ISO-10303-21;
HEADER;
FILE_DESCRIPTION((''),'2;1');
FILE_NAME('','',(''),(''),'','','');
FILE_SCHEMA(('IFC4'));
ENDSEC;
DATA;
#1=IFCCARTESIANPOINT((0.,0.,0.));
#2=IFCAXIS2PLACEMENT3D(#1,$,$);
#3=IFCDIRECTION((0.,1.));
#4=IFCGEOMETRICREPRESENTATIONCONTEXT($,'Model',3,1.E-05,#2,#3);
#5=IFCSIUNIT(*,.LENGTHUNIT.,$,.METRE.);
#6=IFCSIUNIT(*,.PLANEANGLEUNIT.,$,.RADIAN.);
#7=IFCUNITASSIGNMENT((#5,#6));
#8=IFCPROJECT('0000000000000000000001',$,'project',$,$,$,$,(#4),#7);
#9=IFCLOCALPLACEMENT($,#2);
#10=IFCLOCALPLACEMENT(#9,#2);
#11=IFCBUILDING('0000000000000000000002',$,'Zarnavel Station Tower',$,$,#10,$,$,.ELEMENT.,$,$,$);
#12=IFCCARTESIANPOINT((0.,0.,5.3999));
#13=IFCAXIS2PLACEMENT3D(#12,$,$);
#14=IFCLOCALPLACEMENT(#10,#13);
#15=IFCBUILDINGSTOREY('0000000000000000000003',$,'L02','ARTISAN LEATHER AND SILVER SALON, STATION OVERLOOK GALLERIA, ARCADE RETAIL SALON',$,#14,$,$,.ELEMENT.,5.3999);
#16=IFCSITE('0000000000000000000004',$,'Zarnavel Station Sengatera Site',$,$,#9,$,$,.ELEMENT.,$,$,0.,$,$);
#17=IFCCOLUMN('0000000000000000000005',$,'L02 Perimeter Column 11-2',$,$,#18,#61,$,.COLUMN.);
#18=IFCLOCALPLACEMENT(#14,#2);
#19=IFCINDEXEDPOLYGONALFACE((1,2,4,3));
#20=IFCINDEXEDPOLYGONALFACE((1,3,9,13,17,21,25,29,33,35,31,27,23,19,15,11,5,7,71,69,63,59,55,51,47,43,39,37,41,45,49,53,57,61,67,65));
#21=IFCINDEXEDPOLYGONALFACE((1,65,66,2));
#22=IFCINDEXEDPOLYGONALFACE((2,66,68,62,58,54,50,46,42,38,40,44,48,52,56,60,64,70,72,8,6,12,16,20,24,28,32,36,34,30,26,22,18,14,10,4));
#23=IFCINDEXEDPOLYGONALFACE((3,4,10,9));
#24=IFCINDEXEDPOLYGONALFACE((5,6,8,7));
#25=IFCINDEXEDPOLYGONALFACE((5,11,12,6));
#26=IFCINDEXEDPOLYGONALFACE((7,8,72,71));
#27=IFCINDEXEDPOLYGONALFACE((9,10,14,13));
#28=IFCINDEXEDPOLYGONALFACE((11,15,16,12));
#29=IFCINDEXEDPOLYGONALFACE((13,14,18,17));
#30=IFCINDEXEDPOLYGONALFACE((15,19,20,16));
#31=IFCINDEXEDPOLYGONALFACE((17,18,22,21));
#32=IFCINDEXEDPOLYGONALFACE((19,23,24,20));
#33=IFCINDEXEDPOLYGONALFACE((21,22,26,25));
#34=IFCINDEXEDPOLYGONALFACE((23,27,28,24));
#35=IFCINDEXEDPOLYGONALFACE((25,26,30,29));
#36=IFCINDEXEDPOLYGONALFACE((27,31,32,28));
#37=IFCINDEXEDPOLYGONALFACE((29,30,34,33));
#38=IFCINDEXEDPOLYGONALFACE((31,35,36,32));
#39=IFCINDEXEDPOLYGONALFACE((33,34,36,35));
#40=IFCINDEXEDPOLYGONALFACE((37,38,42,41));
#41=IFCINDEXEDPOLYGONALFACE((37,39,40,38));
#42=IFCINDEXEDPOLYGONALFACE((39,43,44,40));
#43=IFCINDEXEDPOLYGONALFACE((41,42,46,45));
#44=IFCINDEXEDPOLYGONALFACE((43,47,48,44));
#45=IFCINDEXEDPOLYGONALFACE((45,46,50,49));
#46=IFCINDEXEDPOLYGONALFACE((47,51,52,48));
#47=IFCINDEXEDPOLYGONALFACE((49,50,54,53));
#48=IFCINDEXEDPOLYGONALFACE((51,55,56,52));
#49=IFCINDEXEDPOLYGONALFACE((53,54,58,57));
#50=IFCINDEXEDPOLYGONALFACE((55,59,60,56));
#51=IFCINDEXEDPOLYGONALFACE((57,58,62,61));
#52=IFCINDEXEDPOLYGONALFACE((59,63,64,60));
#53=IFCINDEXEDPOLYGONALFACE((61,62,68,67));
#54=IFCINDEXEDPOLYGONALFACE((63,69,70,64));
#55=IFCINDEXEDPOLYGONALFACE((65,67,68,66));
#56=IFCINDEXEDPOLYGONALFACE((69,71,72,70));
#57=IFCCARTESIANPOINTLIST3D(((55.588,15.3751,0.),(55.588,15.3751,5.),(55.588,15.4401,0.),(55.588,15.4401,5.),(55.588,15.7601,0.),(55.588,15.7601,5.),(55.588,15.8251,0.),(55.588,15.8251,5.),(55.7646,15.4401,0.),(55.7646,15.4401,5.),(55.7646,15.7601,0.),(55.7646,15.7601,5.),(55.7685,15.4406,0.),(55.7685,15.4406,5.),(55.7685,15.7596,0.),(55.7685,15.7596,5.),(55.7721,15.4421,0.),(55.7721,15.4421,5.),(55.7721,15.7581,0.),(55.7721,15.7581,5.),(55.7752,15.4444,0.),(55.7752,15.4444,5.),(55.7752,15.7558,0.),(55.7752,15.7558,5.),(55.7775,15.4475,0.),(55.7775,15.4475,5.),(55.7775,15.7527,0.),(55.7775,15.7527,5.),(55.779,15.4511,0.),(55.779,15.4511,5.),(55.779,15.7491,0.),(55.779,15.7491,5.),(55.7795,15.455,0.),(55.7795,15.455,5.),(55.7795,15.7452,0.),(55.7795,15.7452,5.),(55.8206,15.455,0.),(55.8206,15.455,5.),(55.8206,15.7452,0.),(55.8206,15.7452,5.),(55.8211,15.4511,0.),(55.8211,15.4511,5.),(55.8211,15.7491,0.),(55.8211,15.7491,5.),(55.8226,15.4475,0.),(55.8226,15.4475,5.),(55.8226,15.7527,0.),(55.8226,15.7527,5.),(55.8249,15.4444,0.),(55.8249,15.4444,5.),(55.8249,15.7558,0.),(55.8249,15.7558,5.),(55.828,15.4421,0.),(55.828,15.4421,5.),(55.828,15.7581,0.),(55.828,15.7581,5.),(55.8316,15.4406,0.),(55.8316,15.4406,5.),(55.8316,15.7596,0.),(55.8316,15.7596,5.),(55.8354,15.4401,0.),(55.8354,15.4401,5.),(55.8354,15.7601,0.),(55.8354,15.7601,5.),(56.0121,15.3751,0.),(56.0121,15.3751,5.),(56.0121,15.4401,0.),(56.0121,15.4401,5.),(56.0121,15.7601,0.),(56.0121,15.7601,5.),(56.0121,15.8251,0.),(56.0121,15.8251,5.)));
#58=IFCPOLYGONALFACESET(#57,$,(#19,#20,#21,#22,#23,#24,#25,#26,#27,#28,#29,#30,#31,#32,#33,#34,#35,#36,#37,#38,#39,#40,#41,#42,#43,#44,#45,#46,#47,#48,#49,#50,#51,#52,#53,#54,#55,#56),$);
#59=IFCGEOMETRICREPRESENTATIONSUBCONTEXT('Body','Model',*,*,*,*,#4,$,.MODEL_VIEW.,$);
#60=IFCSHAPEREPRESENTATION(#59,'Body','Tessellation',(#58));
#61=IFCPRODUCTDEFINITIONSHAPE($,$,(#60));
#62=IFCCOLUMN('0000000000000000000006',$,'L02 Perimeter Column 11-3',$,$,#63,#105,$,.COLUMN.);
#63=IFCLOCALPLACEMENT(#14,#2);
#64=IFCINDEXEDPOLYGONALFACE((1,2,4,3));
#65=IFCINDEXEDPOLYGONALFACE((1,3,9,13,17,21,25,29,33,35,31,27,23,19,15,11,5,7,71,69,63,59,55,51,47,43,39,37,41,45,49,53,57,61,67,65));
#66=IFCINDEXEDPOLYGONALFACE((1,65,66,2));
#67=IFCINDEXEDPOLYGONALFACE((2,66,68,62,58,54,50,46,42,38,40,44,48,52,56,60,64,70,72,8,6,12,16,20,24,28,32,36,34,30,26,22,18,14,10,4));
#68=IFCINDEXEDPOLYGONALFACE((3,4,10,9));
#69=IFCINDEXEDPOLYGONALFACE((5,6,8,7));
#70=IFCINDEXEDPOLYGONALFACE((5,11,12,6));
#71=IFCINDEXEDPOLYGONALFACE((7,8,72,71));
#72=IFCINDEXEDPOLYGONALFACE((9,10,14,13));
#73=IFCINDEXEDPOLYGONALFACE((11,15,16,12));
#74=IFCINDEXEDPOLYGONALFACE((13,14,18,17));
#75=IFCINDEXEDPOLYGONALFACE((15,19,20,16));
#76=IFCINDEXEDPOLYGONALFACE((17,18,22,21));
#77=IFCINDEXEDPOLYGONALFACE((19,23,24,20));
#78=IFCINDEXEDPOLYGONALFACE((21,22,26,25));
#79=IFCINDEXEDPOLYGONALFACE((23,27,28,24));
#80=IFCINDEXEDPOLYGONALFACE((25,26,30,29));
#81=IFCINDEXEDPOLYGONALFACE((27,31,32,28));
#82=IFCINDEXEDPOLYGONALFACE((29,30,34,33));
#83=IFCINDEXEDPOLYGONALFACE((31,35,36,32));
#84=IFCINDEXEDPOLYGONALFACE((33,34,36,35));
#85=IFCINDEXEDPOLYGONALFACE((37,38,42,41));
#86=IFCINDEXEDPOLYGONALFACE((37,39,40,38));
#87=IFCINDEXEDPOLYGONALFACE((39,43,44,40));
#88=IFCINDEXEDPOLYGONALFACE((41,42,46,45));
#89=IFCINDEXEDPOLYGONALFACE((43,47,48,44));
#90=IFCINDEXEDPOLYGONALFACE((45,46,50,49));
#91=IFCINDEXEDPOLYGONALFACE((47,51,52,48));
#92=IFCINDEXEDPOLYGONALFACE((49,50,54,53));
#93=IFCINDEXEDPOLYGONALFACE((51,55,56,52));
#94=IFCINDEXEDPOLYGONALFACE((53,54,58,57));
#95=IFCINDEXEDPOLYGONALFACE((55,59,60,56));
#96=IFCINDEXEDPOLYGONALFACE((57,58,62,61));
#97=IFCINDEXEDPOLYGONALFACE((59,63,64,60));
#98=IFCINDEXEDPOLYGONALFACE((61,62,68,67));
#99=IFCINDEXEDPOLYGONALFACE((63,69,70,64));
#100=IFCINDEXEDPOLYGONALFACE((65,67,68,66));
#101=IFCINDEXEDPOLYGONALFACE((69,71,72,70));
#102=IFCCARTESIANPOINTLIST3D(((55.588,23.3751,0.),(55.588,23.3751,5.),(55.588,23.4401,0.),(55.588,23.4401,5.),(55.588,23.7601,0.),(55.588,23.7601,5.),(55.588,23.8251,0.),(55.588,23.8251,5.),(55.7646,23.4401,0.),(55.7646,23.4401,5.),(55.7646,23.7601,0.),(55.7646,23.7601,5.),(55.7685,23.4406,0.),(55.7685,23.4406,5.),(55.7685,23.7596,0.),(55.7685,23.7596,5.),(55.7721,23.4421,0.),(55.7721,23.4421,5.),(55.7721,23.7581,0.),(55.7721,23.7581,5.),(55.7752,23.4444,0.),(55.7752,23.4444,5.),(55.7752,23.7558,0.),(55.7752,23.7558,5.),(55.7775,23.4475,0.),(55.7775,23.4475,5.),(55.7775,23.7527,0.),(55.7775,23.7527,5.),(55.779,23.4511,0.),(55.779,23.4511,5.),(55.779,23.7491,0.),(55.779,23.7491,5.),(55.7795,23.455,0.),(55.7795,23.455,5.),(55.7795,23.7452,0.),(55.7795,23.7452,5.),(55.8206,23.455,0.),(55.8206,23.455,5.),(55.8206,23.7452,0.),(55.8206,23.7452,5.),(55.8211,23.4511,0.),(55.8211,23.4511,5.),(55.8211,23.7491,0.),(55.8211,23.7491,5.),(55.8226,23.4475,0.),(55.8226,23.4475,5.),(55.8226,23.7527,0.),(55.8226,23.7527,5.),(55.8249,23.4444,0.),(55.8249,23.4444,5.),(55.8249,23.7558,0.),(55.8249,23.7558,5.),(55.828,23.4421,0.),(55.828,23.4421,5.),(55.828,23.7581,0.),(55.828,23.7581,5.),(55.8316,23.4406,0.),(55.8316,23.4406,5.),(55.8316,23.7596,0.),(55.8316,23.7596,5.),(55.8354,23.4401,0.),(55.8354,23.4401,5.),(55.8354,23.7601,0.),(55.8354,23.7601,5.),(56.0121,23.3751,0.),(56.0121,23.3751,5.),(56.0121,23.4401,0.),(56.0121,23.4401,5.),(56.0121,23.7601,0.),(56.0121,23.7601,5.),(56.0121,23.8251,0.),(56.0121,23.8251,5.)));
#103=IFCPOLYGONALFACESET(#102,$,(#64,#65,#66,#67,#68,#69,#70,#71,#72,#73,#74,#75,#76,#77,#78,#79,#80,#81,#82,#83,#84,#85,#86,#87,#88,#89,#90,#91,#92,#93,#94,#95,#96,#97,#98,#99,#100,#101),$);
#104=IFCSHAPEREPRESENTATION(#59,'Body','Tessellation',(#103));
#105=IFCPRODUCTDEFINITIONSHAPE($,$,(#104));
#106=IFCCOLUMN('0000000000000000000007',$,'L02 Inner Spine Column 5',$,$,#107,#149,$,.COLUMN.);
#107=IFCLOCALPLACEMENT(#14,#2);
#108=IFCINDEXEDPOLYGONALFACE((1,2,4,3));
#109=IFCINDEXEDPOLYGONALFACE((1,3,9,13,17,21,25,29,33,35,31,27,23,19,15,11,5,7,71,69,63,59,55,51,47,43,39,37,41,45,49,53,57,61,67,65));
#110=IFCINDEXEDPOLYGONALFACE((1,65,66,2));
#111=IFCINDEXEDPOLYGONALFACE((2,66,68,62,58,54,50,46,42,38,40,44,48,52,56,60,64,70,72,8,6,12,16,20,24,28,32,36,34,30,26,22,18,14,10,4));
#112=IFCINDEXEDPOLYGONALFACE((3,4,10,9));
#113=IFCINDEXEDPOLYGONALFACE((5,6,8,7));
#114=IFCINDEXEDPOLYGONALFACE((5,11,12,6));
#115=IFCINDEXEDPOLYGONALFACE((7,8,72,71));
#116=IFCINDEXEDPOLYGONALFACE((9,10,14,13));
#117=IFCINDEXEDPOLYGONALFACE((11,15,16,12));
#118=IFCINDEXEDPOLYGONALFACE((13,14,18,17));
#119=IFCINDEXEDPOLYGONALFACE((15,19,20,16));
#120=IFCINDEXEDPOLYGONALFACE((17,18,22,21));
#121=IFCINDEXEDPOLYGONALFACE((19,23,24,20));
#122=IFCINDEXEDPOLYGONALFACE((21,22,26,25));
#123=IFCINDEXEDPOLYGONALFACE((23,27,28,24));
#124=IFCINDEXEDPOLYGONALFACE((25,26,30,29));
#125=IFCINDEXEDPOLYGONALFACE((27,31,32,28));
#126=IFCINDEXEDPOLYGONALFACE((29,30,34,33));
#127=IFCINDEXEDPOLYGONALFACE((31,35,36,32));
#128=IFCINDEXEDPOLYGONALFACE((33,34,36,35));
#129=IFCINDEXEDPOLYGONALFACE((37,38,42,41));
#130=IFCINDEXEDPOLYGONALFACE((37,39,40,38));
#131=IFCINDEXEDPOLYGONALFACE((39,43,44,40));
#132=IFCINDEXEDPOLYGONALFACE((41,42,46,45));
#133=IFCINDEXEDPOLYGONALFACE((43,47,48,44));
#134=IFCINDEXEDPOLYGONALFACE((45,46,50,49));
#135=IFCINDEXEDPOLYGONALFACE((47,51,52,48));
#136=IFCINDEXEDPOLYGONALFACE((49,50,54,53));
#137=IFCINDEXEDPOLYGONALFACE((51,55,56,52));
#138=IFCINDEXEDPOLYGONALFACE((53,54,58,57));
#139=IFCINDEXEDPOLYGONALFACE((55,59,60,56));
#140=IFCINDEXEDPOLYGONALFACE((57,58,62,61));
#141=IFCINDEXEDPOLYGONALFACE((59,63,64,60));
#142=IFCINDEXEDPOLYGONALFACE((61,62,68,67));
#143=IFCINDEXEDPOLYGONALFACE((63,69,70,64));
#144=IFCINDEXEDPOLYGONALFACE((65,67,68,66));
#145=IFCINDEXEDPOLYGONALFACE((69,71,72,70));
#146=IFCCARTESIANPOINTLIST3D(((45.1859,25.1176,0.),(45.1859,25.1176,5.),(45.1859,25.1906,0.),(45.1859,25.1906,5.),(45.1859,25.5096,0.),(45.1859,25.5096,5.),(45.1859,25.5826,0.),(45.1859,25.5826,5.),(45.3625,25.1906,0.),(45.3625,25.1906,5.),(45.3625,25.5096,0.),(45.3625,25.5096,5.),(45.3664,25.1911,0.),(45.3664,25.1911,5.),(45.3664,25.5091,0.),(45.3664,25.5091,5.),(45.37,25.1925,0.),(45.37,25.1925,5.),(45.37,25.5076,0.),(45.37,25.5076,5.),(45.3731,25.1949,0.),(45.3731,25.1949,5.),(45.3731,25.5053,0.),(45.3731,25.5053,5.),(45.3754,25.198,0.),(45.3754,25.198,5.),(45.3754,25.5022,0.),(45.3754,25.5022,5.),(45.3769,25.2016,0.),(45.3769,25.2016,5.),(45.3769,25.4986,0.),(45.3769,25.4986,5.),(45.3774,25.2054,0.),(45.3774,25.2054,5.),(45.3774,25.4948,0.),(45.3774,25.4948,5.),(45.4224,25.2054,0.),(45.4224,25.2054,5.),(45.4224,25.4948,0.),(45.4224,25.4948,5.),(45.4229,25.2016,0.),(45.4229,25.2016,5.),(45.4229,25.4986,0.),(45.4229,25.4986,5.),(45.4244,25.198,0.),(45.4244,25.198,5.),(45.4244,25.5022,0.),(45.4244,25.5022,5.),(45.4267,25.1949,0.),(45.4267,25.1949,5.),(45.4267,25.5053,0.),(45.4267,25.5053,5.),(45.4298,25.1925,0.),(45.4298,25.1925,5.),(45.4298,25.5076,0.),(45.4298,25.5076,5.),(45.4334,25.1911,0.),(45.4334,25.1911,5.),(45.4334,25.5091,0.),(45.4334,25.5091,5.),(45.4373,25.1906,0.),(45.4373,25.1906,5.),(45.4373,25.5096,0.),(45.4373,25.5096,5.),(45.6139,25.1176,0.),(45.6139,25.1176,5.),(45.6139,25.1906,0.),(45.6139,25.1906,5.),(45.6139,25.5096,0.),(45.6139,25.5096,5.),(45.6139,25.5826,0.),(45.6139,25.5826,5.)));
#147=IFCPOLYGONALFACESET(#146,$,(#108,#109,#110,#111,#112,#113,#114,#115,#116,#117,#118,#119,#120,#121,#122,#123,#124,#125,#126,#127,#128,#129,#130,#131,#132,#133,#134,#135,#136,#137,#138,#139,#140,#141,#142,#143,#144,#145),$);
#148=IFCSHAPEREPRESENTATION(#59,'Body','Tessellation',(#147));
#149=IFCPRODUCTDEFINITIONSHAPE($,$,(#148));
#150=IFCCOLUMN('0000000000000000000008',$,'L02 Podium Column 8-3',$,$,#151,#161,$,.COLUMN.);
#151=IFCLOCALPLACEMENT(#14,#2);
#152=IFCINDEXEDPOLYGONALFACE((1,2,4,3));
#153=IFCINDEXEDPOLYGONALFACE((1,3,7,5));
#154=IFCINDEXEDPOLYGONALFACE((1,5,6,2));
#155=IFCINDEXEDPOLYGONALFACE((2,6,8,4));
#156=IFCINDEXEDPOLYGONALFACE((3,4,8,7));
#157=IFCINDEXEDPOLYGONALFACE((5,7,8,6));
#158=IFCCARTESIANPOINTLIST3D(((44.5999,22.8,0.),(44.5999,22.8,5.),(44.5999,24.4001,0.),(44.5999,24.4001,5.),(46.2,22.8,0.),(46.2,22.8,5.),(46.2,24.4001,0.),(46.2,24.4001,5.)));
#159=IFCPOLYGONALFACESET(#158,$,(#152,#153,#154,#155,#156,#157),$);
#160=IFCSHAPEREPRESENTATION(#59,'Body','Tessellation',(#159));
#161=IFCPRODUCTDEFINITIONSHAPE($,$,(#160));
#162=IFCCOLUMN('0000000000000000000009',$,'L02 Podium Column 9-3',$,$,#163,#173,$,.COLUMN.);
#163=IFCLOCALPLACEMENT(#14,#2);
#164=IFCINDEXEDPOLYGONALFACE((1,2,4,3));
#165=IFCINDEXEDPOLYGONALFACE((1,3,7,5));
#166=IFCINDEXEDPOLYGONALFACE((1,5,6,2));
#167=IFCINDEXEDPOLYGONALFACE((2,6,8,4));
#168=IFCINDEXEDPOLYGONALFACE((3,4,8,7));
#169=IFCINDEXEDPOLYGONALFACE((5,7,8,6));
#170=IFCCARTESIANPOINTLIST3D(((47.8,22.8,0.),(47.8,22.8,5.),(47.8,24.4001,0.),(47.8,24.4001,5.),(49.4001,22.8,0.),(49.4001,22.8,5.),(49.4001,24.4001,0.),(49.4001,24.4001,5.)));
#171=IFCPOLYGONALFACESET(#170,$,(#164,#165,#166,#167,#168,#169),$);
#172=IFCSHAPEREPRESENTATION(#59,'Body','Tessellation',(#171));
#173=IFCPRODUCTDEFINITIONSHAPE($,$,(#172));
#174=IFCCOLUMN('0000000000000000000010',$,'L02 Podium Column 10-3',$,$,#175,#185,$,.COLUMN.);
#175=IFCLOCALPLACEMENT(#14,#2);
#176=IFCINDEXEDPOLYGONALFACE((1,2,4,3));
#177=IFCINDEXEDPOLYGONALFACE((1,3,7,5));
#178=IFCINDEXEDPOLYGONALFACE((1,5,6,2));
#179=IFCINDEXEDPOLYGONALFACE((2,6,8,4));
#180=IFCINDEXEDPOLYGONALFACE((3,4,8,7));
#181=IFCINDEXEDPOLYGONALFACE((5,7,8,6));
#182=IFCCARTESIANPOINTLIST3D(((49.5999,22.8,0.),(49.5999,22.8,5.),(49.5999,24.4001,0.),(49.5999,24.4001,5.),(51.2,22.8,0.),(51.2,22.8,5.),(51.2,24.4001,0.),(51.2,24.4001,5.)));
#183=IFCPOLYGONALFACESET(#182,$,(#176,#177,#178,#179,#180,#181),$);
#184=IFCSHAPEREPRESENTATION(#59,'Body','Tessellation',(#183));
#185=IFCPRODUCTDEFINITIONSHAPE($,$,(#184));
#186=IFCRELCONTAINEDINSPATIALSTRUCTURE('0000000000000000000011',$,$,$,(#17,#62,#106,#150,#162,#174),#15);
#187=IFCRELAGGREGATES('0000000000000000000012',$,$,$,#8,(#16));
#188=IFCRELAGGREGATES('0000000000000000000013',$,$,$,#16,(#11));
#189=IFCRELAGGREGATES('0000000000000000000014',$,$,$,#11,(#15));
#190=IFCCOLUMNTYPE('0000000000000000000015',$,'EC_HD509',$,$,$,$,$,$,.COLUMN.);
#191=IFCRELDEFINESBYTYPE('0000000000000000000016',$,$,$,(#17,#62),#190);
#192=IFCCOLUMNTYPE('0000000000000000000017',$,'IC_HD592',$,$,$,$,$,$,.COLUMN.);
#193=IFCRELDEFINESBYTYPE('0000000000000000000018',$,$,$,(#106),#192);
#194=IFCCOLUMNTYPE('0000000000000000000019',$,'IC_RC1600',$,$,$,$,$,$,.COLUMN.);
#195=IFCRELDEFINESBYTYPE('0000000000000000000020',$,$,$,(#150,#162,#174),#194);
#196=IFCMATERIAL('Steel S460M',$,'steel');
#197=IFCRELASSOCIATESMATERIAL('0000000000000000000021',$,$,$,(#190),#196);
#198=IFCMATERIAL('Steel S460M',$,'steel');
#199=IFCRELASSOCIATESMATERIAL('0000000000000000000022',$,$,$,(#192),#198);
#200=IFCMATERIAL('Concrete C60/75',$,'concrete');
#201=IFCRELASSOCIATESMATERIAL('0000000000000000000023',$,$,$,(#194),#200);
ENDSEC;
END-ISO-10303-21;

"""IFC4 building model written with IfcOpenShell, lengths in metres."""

from ifc_helpers import new_model, si_unit, direction, frame, origin, origin_2d, place, context, subcontext, project, spatial, rectangle, i_section, extrude, material, material_profile, profile_set, type_object, element, save


model = new_model("IFC4")

# Units and contexts
model_context = context("Model", 3, precision=1e-05, world=origin(), true_north=direction((0.0, 1.0)))
body_context = subcontext(model_context, "Body", "Model", "MODEL_VIEW")
ifc_project = project(units=[si_unit("LENGTHUNIT", "METRE"), si_unit("PLANEANGLEUNIT", "RADIAN")], contexts=[model_context])

# Site, building, storey
site_placement = place(None, origin())
site = spatial("IfcSite", under=ifc_project, at=site_placement, Name="Zarnavel Station Sengatera Site", CompositionType="ELEMENT", RefElevation=0.0)
building_placement = place(site_placement, origin())
building = spatial("IfcBuilding", under=site, at=building_placement, Name="Zarnavel Station Tower", CompositionType="ELEMENT")
storey_placement = place(building_placement, frame((0.0, 0.0, 5.3999)))
storey = spatial("IfcBuildingStorey", under=building, at=storey_placement, Name="L02", Description="ARTISAN LEATHER AND SILVER SALON, STATION OVERLOOK GALLERIA, ARCADE RETAIL SALON", CompositionType="ELEMENT", Elevation=5.3999)

# Columns
ifc_material_1 = material(Name="Steel S460M", Category="steel")
ifc_material_profile_1 = material_profile(ifc_material_1, i_section(OverallWidth=0.4241, OverallDepth=0.45, WebThickness=0.041, FlangeThickness=0.0649, FilletRadius=0.0149, at=origin_2d()), Name="HD400x509")
ifc_profile_set_1 = profile_set([ifc_material_profile_1], Name="Steel S460M")
column_type_1 = type_object("IfcColumnType", Name="EC_HD509", PredefinedType="COLUMN", material=ifc_profile_set_1)
for number, where, z_axis, x_axis, name in (
    (1, (55.8, 15.6001, 0.0), (0.0, 0.0, 1.0), (1.0, 0.0, 0.0), "L02 Perimeter Column 11-2"),
    (2, (55.8, 23.6001, 0.0), (0.0, 0.0, 1.0), (1.0, 0.0, 0.0), "L02 Perimeter Column 11-3"),
):
    element("IfcColumn", number, at=place(storey_placement, frame(where, z_axis=z_axis, x_axis=x_axis)), inside=storey, type_object=column_type_1, Name=name, PredefinedType="COLUMN", context=body_context, shape_type="SweptSolid", body=[
        extrude(i_section(OverallWidth=0.4241, OverallDepth=0.45, WebThickness=0.041, FlangeThickness=0.0649, FilletRadius=0.0149, at=origin_2d()), origin(), (0.0, 0.0, 1.0), 5.0),
    ])
ifc_material_2 = material(Name="Steel S460M", Category="steel")
ifc_material_profile_2 = material_profile(ifc_material_2, i_section(OverallWidth=0.428, OverallDepth=0.4651, WebThickness=0.0449, FlangeThickness=0.073, FilletRadius=0.0149, at=origin_2d()), Name="HD400x592")
ifc_profile_set_2 = profile_set([ifc_material_profile_2], Name="Steel S460M")
column_type_2 = type_object("IfcColumnType", Name="IC_HD592", PredefinedType="COLUMN", material=ifc_profile_set_2)
column_placement = place(storey_placement, frame((45.3999, 25.3501, 0.0), z_axis=(0.0, 0.0, 1.0), x_axis=(1.0, 0.0, 0.0)))
element("IfcColumn", 3, at=column_placement, inside=storey, type_object=column_type_2, Name="L02 Inner Spine Column 5", PredefinedType="COLUMN", context=body_context, shape_type="SweptSolid", body=[
    extrude(i_section(OverallWidth=0.428, OverallDepth=0.4651, WebThickness=0.0449, FlangeThickness=0.073, FilletRadius=0.0149, at=origin_2d()), origin(), (0.0, 0.0, 1.0), 5.0),
])
ifc_material_3 = material(Name="Concrete C60/75", Category="concrete")
ifc_material_profile_3 = material_profile(ifc_material_3, rectangle(XDim=1.6001, YDim=1.6001, at=origin_2d()), Name="RC1600x1600")
ifc_profile_set_3 = profile_set([ifc_material_profile_3], Name="Concrete C60/75")
column_type_3 = type_object("IfcColumnType", Name="IC_RC1600", PredefinedType="COLUMN", material=ifc_profile_set_3)
for number, where, z_axis, x_axis, name in (
    (4, (45.3999, 23.6001, 0.0), (0.0, 0.0, 1.0), (1.0, 0.0, 0.0), "L02 Podium Column 8-3"),
    (5, (48.6001, 23.6001, 0.0), (0.0, 0.0, 1.0), (1.0, 0.0, 0.0), "L02 Podium Column 9-3"),
    (6, (50.3999, 23.6001, 0.0), (0.0, 0.0, 1.0), (1.0, 0.0, 0.0), "L02 Podium Column 10-3"),
):
    element("IfcColumn", number, at=place(storey_placement, frame(where, z_axis=z_axis, x_axis=x_axis)), inside=storey, type_object=column_type_3, Name=name, PredefinedType="COLUMN", context=body_context, shape_type="SweptSolid", body=[
        extrude(rectangle(XDim=1.6001, YDim=1.6001, at=origin_2d()), origin(), (0.0, 0.0, 1.0), 5.0),
    ])

save(model, "model.ifc")
